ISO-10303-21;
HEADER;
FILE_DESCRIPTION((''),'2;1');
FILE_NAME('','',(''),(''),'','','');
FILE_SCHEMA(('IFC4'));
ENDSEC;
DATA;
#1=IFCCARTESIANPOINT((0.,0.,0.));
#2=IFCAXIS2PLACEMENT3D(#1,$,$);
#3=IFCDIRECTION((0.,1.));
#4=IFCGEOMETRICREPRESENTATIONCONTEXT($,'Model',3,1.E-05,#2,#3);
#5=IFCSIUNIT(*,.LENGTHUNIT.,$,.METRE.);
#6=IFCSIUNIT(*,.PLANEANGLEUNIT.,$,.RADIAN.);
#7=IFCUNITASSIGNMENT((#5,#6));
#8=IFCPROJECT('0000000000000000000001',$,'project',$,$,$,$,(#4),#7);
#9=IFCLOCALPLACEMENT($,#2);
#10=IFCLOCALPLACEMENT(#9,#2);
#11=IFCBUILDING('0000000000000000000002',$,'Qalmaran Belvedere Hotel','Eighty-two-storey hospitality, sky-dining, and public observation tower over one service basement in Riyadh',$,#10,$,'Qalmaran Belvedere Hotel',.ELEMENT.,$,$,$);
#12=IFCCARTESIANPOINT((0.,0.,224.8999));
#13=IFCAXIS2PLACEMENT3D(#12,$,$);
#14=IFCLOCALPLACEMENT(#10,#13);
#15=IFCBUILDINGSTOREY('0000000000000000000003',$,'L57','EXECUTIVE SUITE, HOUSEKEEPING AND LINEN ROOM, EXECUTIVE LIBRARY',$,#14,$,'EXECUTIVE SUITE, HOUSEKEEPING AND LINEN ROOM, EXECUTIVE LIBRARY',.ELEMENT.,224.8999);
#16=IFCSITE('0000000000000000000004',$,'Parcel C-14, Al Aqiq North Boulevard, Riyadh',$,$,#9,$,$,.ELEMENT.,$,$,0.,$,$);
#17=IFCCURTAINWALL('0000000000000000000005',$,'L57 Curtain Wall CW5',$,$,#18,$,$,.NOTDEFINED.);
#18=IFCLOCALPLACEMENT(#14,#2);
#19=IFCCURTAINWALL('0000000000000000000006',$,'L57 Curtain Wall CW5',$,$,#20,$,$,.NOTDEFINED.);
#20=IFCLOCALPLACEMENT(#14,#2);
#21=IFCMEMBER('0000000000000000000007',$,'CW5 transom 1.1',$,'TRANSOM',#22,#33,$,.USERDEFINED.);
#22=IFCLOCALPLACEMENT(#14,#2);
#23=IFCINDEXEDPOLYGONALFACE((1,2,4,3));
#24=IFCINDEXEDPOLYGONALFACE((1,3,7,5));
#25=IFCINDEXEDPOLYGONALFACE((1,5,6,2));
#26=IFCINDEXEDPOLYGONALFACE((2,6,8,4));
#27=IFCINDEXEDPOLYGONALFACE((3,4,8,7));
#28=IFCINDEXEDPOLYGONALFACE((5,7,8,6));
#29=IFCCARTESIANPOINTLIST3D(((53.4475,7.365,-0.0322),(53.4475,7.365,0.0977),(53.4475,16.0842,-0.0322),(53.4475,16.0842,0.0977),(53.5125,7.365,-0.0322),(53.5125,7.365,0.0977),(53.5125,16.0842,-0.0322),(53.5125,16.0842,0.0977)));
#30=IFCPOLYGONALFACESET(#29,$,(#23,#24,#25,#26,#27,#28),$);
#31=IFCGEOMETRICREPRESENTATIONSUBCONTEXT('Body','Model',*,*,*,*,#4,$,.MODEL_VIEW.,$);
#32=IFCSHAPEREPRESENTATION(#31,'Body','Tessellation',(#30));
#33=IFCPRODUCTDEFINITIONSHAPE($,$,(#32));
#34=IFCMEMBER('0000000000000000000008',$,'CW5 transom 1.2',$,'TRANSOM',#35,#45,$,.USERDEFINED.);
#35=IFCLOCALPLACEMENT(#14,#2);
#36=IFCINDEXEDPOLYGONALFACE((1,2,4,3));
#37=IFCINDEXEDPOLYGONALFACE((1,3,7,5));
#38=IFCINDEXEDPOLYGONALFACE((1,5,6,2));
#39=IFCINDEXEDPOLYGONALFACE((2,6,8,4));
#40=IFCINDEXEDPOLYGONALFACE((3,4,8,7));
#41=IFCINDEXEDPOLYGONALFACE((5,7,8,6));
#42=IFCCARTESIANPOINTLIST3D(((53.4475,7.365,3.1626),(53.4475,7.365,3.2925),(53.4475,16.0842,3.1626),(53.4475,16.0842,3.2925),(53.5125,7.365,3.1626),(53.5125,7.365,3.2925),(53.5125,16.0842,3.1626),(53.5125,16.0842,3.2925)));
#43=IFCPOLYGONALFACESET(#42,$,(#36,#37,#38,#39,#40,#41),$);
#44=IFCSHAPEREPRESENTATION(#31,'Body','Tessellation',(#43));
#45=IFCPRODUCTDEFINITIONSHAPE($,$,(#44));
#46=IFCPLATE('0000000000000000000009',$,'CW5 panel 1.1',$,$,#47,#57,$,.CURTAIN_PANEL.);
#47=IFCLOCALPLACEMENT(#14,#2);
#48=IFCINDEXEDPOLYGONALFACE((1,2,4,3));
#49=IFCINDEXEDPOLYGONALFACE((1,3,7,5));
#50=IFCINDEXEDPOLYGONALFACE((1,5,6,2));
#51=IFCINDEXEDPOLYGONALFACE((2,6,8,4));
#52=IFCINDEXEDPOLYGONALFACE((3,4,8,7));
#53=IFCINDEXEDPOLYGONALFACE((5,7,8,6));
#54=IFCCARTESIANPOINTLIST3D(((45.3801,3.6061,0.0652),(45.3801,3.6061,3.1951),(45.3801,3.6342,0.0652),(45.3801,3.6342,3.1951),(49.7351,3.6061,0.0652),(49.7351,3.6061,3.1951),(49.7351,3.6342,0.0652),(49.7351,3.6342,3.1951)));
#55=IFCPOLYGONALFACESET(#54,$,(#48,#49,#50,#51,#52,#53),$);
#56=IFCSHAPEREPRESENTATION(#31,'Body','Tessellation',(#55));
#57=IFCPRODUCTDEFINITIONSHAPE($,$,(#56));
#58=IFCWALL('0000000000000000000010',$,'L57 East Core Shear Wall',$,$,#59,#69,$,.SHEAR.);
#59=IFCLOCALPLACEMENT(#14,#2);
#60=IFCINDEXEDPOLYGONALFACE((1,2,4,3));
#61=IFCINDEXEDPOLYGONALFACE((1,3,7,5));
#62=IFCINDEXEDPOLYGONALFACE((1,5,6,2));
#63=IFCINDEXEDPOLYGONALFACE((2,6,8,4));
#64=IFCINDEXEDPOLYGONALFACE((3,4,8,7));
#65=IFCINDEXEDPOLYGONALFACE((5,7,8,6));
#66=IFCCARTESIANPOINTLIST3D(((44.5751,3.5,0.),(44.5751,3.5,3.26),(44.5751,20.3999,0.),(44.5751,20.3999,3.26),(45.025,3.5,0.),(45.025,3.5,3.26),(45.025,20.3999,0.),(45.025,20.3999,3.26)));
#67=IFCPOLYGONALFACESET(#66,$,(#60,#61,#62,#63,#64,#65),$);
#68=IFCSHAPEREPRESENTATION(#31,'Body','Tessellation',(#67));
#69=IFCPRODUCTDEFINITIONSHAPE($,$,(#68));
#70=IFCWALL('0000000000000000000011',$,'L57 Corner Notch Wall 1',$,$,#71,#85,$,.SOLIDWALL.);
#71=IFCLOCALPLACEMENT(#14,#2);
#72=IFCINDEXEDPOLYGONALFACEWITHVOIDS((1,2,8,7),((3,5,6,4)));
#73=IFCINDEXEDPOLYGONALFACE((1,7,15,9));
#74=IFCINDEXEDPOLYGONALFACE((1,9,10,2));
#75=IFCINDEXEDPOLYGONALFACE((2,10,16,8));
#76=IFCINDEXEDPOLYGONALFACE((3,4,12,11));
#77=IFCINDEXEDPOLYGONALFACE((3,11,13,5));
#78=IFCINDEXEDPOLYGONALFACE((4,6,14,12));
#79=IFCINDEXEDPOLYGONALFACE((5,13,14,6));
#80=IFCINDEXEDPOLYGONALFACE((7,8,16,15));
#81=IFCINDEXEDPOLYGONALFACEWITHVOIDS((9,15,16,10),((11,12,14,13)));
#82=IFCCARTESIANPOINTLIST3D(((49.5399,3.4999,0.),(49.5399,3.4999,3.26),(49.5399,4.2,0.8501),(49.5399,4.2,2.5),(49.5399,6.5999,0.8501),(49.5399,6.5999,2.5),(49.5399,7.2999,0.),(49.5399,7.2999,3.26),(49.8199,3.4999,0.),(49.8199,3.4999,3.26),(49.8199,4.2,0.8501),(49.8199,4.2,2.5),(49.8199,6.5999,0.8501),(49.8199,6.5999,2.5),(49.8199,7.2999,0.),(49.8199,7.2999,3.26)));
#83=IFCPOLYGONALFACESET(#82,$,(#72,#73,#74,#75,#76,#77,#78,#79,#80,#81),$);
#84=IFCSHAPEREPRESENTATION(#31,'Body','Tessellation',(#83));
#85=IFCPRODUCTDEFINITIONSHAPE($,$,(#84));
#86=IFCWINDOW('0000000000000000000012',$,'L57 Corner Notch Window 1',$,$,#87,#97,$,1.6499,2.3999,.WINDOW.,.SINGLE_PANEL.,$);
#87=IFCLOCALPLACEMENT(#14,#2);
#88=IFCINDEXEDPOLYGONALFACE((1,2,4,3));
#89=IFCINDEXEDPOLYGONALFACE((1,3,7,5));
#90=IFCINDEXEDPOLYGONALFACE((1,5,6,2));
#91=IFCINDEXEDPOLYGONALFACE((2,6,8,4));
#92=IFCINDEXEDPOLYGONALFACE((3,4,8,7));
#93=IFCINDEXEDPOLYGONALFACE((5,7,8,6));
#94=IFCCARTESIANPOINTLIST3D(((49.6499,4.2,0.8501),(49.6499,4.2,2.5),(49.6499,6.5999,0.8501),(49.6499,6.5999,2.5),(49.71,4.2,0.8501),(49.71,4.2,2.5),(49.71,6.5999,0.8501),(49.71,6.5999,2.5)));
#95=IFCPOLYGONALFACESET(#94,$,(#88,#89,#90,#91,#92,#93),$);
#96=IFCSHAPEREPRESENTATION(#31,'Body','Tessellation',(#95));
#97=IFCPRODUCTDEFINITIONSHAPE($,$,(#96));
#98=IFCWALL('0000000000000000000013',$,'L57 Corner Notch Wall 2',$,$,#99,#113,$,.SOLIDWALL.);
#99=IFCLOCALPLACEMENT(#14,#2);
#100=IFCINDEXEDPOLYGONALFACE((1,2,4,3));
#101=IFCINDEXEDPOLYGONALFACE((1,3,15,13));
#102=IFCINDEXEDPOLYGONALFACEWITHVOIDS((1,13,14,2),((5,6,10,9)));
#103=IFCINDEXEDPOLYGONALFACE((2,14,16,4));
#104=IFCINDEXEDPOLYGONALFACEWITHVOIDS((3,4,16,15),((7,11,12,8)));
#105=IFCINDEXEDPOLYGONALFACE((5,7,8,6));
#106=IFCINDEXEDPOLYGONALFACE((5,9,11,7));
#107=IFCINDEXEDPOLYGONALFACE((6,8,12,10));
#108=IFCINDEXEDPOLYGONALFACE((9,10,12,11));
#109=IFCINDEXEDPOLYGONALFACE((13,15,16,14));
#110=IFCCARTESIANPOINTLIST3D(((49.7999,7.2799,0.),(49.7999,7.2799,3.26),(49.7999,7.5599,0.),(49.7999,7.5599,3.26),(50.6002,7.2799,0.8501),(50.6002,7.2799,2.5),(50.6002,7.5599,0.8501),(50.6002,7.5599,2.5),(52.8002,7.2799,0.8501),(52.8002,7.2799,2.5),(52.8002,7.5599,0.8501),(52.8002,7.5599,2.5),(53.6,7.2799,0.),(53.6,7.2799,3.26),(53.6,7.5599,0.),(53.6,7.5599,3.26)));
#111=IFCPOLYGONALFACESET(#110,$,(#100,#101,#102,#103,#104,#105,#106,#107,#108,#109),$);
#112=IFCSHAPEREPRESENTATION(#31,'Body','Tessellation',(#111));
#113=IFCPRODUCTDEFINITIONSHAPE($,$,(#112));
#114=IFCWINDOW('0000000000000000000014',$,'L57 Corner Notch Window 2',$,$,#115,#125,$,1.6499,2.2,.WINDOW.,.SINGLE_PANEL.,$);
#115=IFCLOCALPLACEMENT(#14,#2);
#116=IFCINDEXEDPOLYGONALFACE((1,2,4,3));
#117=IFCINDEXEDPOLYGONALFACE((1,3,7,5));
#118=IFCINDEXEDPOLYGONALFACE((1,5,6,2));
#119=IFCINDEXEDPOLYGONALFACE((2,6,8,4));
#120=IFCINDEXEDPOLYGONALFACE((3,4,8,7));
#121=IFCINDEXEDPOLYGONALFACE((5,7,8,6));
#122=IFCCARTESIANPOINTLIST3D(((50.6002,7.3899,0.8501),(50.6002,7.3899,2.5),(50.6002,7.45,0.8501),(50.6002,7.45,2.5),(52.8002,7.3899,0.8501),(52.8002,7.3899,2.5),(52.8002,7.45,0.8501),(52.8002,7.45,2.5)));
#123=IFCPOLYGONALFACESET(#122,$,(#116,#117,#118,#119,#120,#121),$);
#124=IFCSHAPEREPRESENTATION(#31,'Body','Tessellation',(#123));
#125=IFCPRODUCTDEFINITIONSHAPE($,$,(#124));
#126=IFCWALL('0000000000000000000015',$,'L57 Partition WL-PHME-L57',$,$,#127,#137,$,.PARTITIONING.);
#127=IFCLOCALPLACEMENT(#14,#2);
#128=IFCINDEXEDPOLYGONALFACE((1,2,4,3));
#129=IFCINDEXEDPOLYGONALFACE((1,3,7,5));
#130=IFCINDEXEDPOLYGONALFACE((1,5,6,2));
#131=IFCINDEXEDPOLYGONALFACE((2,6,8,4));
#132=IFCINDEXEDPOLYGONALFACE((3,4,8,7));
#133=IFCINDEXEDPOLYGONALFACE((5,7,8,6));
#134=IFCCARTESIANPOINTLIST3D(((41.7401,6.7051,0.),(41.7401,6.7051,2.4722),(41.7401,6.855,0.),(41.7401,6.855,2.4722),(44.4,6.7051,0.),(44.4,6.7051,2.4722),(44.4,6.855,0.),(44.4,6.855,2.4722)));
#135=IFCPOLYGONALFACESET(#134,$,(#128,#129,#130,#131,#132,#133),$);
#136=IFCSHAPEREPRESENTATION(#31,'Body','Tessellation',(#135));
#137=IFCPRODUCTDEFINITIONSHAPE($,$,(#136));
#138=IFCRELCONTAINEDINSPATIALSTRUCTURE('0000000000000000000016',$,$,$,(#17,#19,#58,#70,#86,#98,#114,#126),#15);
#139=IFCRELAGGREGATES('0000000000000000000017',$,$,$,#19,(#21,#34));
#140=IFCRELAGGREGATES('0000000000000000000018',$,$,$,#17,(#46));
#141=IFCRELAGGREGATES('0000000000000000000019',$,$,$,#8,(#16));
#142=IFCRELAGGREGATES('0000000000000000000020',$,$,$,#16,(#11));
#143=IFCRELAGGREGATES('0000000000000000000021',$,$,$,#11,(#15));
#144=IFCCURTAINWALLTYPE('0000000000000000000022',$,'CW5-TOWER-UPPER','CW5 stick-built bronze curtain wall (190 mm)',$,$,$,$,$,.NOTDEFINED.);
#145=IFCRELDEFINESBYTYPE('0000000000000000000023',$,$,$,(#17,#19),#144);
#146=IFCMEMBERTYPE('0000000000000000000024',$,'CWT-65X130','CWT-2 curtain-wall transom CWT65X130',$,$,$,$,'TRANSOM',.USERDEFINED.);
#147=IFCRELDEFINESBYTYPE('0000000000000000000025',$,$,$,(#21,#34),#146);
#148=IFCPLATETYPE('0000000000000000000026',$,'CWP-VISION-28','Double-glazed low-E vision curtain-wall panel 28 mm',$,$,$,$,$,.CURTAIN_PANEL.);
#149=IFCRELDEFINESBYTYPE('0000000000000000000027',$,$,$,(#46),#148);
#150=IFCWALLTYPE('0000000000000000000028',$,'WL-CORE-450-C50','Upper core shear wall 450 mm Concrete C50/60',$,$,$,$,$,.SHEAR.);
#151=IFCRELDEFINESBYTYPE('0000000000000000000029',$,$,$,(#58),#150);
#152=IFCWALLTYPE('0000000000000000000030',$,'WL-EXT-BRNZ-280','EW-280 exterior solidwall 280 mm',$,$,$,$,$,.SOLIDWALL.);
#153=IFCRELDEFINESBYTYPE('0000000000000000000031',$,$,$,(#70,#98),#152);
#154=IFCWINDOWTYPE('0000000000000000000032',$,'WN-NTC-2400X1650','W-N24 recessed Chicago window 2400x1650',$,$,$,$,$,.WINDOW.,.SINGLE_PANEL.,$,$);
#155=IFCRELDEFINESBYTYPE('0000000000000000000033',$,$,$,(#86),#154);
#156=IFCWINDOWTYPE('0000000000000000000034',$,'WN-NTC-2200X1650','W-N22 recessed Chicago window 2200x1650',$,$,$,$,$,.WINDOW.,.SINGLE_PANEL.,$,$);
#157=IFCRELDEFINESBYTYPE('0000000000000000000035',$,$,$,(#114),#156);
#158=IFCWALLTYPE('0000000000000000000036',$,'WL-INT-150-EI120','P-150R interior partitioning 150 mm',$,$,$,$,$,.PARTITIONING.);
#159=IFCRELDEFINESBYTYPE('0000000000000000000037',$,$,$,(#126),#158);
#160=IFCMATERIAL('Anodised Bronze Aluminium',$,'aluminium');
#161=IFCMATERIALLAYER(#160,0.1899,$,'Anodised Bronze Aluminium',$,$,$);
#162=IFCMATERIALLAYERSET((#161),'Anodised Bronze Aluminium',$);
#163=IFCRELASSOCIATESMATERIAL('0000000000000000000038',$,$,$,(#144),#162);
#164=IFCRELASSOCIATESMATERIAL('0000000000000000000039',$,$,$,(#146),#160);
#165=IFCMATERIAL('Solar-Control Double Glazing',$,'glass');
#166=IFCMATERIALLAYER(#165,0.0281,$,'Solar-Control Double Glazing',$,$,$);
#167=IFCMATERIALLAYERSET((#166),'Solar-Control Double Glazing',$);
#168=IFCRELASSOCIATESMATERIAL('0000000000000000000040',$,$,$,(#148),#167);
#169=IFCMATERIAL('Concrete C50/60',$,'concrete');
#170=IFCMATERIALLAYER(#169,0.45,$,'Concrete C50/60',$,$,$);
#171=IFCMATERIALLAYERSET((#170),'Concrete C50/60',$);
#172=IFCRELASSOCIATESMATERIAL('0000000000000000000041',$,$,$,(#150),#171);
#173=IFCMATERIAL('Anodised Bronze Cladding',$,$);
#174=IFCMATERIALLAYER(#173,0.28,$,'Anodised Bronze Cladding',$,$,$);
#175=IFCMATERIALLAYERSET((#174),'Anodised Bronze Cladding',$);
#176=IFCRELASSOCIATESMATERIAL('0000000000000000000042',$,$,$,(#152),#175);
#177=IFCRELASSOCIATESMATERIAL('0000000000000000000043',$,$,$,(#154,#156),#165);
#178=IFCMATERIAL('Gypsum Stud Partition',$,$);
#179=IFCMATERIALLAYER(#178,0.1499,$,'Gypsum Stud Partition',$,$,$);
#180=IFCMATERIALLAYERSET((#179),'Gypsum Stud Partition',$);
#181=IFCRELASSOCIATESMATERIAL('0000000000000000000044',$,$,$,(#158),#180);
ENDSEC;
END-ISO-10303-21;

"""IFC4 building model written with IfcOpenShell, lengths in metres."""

from ifc_helpers import new_model, si_unit, direction, frame, frame_2d, origin, origin_2d, place, context, subcontext, project, spatial, rectangle, extrude, material, layer, layer_set, material_profile, profile_set, type_object, element, fill, aggregate, save


model = new_model("IFC4")

# Units and contexts
model_context = context("Model", 3, precision=1e-05, world=origin(), true_north=direction((0.0, 1.0)))
body_context = subcontext(model_context, "Body", "Model", "MODEL_VIEW")
ifc_project = project(units=[si_unit("LENGTHUNIT", "METRE"), si_unit("PLANEANGLEUNIT", "RADIAN")], contexts=[model_context])

# Site, building, storey
site_placement = place(None, origin())
site = spatial("IfcSite", under=ifc_project, at=site_placement, Name="Parcel C-14, Al Aqiq North Boulevard, Riyadh", CompositionType="ELEMENT", RefElevation=0.0)
building_placement = place(site_placement, origin())
building = spatial("IfcBuilding", under=site, at=building_placement, Name="Qalmaran Belvedere Hotel", Description="Eighty-two-storey hospitality, sky-dining, and public observation tower over one service basement in Riyadh", LongName="Qalmaran Belvedere Hotel", CompositionType="ELEMENT")
storey_placement = place(building_placement, frame((0.0, 0.0, 224.8999)))
storey = spatial("IfcBuildingStorey", under=building, at=storey_placement, Name="L57", Description="EXECUTIVE SUITE, HOUSEKEEPING AND LINEN ROOM, EXECUTIVE LIBRARY", LongName="EXECUTIVE SUITE, HOUSEKEEPING AND LINEN ROOM, EXECUTIVE LIBRARY", CompositionType="ELEMENT", Elevation=224.8999)

# Shared definitions
ifc_material_1 = material(Name="Concrete C50/60", Category="concrete")

# Curtain wall
ifc_material_2 = material(Name="Anodised Bronze Aluminium", Category="aluminium")
ifc_layer_1 = layer(ifc_material_2, 0.1899, Name="Anodised Bronze Aluminium")
ifc_layer_set_1 = layer_set([ifc_layer_1], Name="Anodised Bronze Aluminium")
curtain_wall_type = type_object("IfcCurtainWallType", Name="CW5-TOWER-UPPER", Description="CW5 stick-built bronze curtain wall (190 mm)", PredefinedType="NOTDEFINED", material=ifc_layer_set_1)
curtain_wall_1_placement = place(storey_placement, origin())
curtain_wall_1 = element("IfcCurtainWall", 1, at=curtain_wall_1_placement, inside=storey, type_object=curtain_wall_type, Name="L57 Curtain Wall CW5", PredefinedType="NOTDEFINED")

# Curtain wall
curtain_wall_2_placement = place(storey_placement, origin())
curtain_wall_2 = element("IfcCurtainWall", 2, at=curtain_wall_2_placement, inside=storey, type_object=curtain_wall_type, Name="L57 Curtain Wall CW5", PredefinedType="NOTDEFINED")

# Members
ifc_material_profile_1 = material_profile(ifc_material_2, rectangle(XDim=0.0649, YDim=0.1299, at=origin_2d()), Name="CWT65X130")
ifc_profile_set_1 = profile_set([ifc_material_profile_1], Name="Anodised Bronze Aluminium")
member_type_1 = type_object("IfcMemberType", Name="CWT-65X130", Description="CWT-2 curtain-wall transom CWT65X130", ElementType="TRANSOM", PredefinedType="USERDEFINED", material=ifc_profile_set_1)
member_1_placement = place(storey_placement, frame((53.48, 7.365, 0.0327), z_axis=(0.0, 1.0, 0.0), x_axis=(-1.0, 0.0, 0.0)))
member_1 = element("IfcMember", 3, at=member_1_placement, type_object=member_type_1, Name="CW5 transom 1.1", ObjectType="TRANSOM", PredefinedType="USERDEFINED", context=body_context, shape_type="SweptSolid", body=[
    extrude(rectangle(XDim=0.0649, YDim=0.1299, at=origin_2d()), origin(), (0.0, 0.0, 1.0), 8.7192),
])
member_2_placement = place(storey_placement, frame((53.48, 7.365, 3.2275), z_axis=(0.0, 1.0, 0.0), x_axis=(-1.0, 0.0, 0.0)))
member_2 = element("IfcMember", 4, at=member_2_placement, type_object=member_type_1, Name="CW5 transom 1.2", ObjectType="TRANSOM", PredefinedType="USERDEFINED", context=body_context, shape_type="SweptSolid", body=[
    extrude(rectangle(XDim=0.0649, YDim=0.1299, at=origin_2d()), origin(), (0.0, 0.0, 1.0), 8.7192),
])
aggregate(curtain_wall_2, [member_1, member_2])

# Plate
ifc_material_3 = material(Name="Solar-Control Double Glazing", Category="glass")
ifc_layer_2 = layer(ifc_material_3, 0.0281, Name="Solar-Control Double Glazing")
ifc_layer_set_2 = layer_set([ifc_layer_2], Name="Solar-Control Double Glazing")
plate_type = type_object("IfcPlateType", Name="CWP-VISION-28", Description="Double-glazed low-E vision curtain-wall panel 28 mm", PredefinedType="CURTAIN_PANEL", material=ifc_layer_set_2)
plate_placement = place(storey_placement, frame((47.5576, 3.6201, 0.0652), z_axis=(0.0, 0.0, 1.0), x_axis=(1.0, 0.0, 0.0)))
plate = element("IfcPlate", 5, at=plate_placement, type_object=plate_type, Name="CW5 panel 1.1", PredefinedType="CURTAIN_PANEL", context=body_context, shape_type="SweptSolid", body=[
    extrude(rectangle(XDim=4.355, YDim=0.0281, at=origin_2d()), origin(), (0.0, 0.0, 1.0), 3.1299),
])
aggregate(curtain_wall_1, [plate])

# Wall
ifc_layer_3 = layer(ifc_material_1, 0.45, Name="Concrete C50/60")
ifc_layer_set_3 = layer_set([ifc_layer_3], Name="Concrete C50/60")
wall_type_1 = type_object("IfcWallType", Name="WL-CORE-450-C50", Description="Upper core shear wall 450 mm Concrete C50/60", PredefinedType="SHEAR", material=ifc_layer_set_3)
wall_1_placement = place(storey_placement, frame((44.8, 3.5, 0.0), z_axis=(0.0, 0.0, 1.0), x_axis=(0.0, 1.0, 0.0)))
element("IfcWall", 6, at=wall_1_placement, inside=storey, type_object=wall_type_1, Name="L57 East Core Shear Wall", PredefinedType="SHEAR", context=body_context, shape_type="SweptSolid", body=[
    extrude(rectangle(XDim=16.8999, YDim=0.45, at=frame_2d((8.45, 0.0))), origin(), (0.0, 0.0, 1.0), 3.26),
])

# Walls, openings, windows
ifc_material_4 = material(Name="Anodised Bronze Cladding")
ifc_layer_4 = layer(ifc_material_4, 0.28, Name="Anodised Bronze Cladding")
ifc_layer_set_4 = layer_set([ifc_layer_4], Name="Anodised Bronze Cladding")
wall_type_2 = type_object("IfcWallType", Name="WL-EXT-BRNZ-280", Description="EW-280 exterior solidwall 280 mm", PredefinedType="SOLIDWALL", material=ifc_layer_set_4)
wall_2_placement = place(storey_placement, frame((49.6799, 3.5, 0.0), z_axis=(0.0, 0.0, 1.0), x_axis=(0.0, 1.0, 0.0)))
wall_2 = element("IfcWall", 7, at=wall_2_placement, inside=storey, type_object=wall_type_2, Name="L57 Corner Notch Wall 1", PredefinedType="SOLIDWALL", context=body_context, shape_type="SweptSolid", body=[
    extrude(rectangle(XDim=3.8, YDim=0.28, at=frame_2d((1.8999, 0.0))), origin(), (0.0, 0.0, 1.0), 3.26),
])
opening_1_placement = place(wall_2_placement, frame((0.7, 0.0, 0.8501)))
opening_1 = element("IfcOpeningElement", 8, at=opening_1_placement, cuts=wall_2, PredefinedType="OPENING", context=body_context, shape_type="SweptSolid", body=[
    extrude(rectangle(XDim=2.3999, YDim=1.6499, at=frame_2d((1.2, 0.825))), frame((0.0, 0.1499, 0.0), z_axis=(0.0, -1.0, 0.0), x_axis=(1.0, 0.0, 0.0)), (0.0, 0.0, 1.0), 0.3),
])
window_type_1 = type_object("IfcWindowType", Name="WN-NTC-2400X1650", Description="W-N24 recessed Chicago window 2400x1650", PartitioningType="SINGLE_PANEL", PredefinedType="WINDOW", material=ifc_material_3)
window_1_placement = place(opening_1_placement, origin())
window_1 = element("IfcWindow", 9, at=window_1_placement, inside=storey, type_object=window_type_1, Name="L57 Corner Notch Window 1", OverallHeight=1.6499, OverallWidth=2.3999, PartitioningType="SINGLE_PANEL", PredefinedType="WINDOW", context=body_context, shape_type="SweptSolid", body=[
    extrude(rectangle(XDim=2.3999, YDim=1.6499, at=frame_2d((1.2, 0.825))), frame((0.0, 0.03, 0.0), z_axis=(0.0, -1.0, 0.0), x_axis=(1.0, 0.0, 0.0)), (0.0, 0.0, 1.0), 0.0601),
])
fill(opening_1, window_1)
wall_3_placement = place(storey_placement, frame((49.8, 7.4199, 0.0), z_axis=(0.0, 0.0, 1.0), x_axis=(1.0, 0.0, 0.0)))
wall_3 = element("IfcWall", 10, at=wall_3_placement, inside=storey, type_object=wall_type_2, Name="L57 Corner Notch Wall 2", PredefinedType="SOLIDWALL", context=body_context, shape_type="SweptSolid", body=[
    extrude(rectangle(XDim=3.8, YDim=0.28, at=frame_2d((1.8999, 0.0))), origin(), (0.0, 0.0, 1.0), 3.26),
])
opening_2_placement = place(wall_3_placement, frame((0.8, 0.0, 0.8501)))
opening_2 = element("IfcOpeningElement", 11, at=opening_2_placement, cuts=wall_3, PredefinedType="OPENING", context=body_context, shape_type="SweptSolid", body=[
    extrude(rectangle(XDim=2.2, YDim=1.6499, at=frame_2d((1.1001, 0.825))), frame((0.0, 0.1499, 0.0), z_axis=(0.0, -1.0, 0.0), x_axis=(1.0, 0.0, 0.0)), (0.0, 0.0, 1.0), 0.3),
])
window_type_2 = type_object("IfcWindowType", Name="WN-NTC-2200X1650", Description="W-N22 recessed Chicago window 2200x1650", PartitioningType="SINGLE_PANEL", PredefinedType="WINDOW", material=ifc_material_3)
window_2_placement = place(opening_2_placement, origin())
window_2 = element("IfcWindow", 12, at=window_2_placement, inside=storey, type_object=window_type_2, Name="L57 Corner Notch Window 2", OverallHeight=1.6499, OverallWidth=2.2, PartitioningType="SINGLE_PANEL", PredefinedType="WINDOW", context=body_context, shape_type="SweptSolid", body=[
    extrude(rectangle(XDim=2.2, YDim=1.6499, at=frame_2d((1.1001, 0.825))), frame((0.0, 0.03, 0.0), z_axis=(0.0, -1.0, 0.0), x_axis=(1.0, 0.0, 0.0)), (0.0, 0.0, 1.0), 0.0601),
])
fill(opening_2, window_2)

# Wall
ifc_material_5 = material(Name="Gypsum Stud Partition")
ifc_layer_5 = layer(ifc_material_5, 0.1499, Name="Gypsum Stud Partition")
ifc_layer_set_5 = layer_set([ifc_layer_5], Name="Gypsum Stud Partition")
wall_type_3 = type_object("IfcWallType", Name="WL-INT-150-EI120", Description="P-150R interior partitioning 150 mm", PredefinedType="PARTITIONING", material=ifc_layer_set_5)
wall_4_placement = place(storey_placement, frame((41.74, 6.78, 0.0), z_axis=(0.0, 0.0, 1.0), x_axis=(1.0, 0.0, 0.0)))
element("IfcWall", 13, at=wall_4_placement, inside=storey, type_object=wall_type_3, Name="L57 Partition WL-PHME-L57", PredefinedType="PARTITIONING", context=body_context, shape_type="SweptSolid", body=[
    extrude(rectangle(XDim=2.6599, YDim=0.1499, at=frame_2d((1.3301, 0.0))), origin(), (0.0, 0.0, 1.0), 2.4722),
])

save(model, "model.ifc")
